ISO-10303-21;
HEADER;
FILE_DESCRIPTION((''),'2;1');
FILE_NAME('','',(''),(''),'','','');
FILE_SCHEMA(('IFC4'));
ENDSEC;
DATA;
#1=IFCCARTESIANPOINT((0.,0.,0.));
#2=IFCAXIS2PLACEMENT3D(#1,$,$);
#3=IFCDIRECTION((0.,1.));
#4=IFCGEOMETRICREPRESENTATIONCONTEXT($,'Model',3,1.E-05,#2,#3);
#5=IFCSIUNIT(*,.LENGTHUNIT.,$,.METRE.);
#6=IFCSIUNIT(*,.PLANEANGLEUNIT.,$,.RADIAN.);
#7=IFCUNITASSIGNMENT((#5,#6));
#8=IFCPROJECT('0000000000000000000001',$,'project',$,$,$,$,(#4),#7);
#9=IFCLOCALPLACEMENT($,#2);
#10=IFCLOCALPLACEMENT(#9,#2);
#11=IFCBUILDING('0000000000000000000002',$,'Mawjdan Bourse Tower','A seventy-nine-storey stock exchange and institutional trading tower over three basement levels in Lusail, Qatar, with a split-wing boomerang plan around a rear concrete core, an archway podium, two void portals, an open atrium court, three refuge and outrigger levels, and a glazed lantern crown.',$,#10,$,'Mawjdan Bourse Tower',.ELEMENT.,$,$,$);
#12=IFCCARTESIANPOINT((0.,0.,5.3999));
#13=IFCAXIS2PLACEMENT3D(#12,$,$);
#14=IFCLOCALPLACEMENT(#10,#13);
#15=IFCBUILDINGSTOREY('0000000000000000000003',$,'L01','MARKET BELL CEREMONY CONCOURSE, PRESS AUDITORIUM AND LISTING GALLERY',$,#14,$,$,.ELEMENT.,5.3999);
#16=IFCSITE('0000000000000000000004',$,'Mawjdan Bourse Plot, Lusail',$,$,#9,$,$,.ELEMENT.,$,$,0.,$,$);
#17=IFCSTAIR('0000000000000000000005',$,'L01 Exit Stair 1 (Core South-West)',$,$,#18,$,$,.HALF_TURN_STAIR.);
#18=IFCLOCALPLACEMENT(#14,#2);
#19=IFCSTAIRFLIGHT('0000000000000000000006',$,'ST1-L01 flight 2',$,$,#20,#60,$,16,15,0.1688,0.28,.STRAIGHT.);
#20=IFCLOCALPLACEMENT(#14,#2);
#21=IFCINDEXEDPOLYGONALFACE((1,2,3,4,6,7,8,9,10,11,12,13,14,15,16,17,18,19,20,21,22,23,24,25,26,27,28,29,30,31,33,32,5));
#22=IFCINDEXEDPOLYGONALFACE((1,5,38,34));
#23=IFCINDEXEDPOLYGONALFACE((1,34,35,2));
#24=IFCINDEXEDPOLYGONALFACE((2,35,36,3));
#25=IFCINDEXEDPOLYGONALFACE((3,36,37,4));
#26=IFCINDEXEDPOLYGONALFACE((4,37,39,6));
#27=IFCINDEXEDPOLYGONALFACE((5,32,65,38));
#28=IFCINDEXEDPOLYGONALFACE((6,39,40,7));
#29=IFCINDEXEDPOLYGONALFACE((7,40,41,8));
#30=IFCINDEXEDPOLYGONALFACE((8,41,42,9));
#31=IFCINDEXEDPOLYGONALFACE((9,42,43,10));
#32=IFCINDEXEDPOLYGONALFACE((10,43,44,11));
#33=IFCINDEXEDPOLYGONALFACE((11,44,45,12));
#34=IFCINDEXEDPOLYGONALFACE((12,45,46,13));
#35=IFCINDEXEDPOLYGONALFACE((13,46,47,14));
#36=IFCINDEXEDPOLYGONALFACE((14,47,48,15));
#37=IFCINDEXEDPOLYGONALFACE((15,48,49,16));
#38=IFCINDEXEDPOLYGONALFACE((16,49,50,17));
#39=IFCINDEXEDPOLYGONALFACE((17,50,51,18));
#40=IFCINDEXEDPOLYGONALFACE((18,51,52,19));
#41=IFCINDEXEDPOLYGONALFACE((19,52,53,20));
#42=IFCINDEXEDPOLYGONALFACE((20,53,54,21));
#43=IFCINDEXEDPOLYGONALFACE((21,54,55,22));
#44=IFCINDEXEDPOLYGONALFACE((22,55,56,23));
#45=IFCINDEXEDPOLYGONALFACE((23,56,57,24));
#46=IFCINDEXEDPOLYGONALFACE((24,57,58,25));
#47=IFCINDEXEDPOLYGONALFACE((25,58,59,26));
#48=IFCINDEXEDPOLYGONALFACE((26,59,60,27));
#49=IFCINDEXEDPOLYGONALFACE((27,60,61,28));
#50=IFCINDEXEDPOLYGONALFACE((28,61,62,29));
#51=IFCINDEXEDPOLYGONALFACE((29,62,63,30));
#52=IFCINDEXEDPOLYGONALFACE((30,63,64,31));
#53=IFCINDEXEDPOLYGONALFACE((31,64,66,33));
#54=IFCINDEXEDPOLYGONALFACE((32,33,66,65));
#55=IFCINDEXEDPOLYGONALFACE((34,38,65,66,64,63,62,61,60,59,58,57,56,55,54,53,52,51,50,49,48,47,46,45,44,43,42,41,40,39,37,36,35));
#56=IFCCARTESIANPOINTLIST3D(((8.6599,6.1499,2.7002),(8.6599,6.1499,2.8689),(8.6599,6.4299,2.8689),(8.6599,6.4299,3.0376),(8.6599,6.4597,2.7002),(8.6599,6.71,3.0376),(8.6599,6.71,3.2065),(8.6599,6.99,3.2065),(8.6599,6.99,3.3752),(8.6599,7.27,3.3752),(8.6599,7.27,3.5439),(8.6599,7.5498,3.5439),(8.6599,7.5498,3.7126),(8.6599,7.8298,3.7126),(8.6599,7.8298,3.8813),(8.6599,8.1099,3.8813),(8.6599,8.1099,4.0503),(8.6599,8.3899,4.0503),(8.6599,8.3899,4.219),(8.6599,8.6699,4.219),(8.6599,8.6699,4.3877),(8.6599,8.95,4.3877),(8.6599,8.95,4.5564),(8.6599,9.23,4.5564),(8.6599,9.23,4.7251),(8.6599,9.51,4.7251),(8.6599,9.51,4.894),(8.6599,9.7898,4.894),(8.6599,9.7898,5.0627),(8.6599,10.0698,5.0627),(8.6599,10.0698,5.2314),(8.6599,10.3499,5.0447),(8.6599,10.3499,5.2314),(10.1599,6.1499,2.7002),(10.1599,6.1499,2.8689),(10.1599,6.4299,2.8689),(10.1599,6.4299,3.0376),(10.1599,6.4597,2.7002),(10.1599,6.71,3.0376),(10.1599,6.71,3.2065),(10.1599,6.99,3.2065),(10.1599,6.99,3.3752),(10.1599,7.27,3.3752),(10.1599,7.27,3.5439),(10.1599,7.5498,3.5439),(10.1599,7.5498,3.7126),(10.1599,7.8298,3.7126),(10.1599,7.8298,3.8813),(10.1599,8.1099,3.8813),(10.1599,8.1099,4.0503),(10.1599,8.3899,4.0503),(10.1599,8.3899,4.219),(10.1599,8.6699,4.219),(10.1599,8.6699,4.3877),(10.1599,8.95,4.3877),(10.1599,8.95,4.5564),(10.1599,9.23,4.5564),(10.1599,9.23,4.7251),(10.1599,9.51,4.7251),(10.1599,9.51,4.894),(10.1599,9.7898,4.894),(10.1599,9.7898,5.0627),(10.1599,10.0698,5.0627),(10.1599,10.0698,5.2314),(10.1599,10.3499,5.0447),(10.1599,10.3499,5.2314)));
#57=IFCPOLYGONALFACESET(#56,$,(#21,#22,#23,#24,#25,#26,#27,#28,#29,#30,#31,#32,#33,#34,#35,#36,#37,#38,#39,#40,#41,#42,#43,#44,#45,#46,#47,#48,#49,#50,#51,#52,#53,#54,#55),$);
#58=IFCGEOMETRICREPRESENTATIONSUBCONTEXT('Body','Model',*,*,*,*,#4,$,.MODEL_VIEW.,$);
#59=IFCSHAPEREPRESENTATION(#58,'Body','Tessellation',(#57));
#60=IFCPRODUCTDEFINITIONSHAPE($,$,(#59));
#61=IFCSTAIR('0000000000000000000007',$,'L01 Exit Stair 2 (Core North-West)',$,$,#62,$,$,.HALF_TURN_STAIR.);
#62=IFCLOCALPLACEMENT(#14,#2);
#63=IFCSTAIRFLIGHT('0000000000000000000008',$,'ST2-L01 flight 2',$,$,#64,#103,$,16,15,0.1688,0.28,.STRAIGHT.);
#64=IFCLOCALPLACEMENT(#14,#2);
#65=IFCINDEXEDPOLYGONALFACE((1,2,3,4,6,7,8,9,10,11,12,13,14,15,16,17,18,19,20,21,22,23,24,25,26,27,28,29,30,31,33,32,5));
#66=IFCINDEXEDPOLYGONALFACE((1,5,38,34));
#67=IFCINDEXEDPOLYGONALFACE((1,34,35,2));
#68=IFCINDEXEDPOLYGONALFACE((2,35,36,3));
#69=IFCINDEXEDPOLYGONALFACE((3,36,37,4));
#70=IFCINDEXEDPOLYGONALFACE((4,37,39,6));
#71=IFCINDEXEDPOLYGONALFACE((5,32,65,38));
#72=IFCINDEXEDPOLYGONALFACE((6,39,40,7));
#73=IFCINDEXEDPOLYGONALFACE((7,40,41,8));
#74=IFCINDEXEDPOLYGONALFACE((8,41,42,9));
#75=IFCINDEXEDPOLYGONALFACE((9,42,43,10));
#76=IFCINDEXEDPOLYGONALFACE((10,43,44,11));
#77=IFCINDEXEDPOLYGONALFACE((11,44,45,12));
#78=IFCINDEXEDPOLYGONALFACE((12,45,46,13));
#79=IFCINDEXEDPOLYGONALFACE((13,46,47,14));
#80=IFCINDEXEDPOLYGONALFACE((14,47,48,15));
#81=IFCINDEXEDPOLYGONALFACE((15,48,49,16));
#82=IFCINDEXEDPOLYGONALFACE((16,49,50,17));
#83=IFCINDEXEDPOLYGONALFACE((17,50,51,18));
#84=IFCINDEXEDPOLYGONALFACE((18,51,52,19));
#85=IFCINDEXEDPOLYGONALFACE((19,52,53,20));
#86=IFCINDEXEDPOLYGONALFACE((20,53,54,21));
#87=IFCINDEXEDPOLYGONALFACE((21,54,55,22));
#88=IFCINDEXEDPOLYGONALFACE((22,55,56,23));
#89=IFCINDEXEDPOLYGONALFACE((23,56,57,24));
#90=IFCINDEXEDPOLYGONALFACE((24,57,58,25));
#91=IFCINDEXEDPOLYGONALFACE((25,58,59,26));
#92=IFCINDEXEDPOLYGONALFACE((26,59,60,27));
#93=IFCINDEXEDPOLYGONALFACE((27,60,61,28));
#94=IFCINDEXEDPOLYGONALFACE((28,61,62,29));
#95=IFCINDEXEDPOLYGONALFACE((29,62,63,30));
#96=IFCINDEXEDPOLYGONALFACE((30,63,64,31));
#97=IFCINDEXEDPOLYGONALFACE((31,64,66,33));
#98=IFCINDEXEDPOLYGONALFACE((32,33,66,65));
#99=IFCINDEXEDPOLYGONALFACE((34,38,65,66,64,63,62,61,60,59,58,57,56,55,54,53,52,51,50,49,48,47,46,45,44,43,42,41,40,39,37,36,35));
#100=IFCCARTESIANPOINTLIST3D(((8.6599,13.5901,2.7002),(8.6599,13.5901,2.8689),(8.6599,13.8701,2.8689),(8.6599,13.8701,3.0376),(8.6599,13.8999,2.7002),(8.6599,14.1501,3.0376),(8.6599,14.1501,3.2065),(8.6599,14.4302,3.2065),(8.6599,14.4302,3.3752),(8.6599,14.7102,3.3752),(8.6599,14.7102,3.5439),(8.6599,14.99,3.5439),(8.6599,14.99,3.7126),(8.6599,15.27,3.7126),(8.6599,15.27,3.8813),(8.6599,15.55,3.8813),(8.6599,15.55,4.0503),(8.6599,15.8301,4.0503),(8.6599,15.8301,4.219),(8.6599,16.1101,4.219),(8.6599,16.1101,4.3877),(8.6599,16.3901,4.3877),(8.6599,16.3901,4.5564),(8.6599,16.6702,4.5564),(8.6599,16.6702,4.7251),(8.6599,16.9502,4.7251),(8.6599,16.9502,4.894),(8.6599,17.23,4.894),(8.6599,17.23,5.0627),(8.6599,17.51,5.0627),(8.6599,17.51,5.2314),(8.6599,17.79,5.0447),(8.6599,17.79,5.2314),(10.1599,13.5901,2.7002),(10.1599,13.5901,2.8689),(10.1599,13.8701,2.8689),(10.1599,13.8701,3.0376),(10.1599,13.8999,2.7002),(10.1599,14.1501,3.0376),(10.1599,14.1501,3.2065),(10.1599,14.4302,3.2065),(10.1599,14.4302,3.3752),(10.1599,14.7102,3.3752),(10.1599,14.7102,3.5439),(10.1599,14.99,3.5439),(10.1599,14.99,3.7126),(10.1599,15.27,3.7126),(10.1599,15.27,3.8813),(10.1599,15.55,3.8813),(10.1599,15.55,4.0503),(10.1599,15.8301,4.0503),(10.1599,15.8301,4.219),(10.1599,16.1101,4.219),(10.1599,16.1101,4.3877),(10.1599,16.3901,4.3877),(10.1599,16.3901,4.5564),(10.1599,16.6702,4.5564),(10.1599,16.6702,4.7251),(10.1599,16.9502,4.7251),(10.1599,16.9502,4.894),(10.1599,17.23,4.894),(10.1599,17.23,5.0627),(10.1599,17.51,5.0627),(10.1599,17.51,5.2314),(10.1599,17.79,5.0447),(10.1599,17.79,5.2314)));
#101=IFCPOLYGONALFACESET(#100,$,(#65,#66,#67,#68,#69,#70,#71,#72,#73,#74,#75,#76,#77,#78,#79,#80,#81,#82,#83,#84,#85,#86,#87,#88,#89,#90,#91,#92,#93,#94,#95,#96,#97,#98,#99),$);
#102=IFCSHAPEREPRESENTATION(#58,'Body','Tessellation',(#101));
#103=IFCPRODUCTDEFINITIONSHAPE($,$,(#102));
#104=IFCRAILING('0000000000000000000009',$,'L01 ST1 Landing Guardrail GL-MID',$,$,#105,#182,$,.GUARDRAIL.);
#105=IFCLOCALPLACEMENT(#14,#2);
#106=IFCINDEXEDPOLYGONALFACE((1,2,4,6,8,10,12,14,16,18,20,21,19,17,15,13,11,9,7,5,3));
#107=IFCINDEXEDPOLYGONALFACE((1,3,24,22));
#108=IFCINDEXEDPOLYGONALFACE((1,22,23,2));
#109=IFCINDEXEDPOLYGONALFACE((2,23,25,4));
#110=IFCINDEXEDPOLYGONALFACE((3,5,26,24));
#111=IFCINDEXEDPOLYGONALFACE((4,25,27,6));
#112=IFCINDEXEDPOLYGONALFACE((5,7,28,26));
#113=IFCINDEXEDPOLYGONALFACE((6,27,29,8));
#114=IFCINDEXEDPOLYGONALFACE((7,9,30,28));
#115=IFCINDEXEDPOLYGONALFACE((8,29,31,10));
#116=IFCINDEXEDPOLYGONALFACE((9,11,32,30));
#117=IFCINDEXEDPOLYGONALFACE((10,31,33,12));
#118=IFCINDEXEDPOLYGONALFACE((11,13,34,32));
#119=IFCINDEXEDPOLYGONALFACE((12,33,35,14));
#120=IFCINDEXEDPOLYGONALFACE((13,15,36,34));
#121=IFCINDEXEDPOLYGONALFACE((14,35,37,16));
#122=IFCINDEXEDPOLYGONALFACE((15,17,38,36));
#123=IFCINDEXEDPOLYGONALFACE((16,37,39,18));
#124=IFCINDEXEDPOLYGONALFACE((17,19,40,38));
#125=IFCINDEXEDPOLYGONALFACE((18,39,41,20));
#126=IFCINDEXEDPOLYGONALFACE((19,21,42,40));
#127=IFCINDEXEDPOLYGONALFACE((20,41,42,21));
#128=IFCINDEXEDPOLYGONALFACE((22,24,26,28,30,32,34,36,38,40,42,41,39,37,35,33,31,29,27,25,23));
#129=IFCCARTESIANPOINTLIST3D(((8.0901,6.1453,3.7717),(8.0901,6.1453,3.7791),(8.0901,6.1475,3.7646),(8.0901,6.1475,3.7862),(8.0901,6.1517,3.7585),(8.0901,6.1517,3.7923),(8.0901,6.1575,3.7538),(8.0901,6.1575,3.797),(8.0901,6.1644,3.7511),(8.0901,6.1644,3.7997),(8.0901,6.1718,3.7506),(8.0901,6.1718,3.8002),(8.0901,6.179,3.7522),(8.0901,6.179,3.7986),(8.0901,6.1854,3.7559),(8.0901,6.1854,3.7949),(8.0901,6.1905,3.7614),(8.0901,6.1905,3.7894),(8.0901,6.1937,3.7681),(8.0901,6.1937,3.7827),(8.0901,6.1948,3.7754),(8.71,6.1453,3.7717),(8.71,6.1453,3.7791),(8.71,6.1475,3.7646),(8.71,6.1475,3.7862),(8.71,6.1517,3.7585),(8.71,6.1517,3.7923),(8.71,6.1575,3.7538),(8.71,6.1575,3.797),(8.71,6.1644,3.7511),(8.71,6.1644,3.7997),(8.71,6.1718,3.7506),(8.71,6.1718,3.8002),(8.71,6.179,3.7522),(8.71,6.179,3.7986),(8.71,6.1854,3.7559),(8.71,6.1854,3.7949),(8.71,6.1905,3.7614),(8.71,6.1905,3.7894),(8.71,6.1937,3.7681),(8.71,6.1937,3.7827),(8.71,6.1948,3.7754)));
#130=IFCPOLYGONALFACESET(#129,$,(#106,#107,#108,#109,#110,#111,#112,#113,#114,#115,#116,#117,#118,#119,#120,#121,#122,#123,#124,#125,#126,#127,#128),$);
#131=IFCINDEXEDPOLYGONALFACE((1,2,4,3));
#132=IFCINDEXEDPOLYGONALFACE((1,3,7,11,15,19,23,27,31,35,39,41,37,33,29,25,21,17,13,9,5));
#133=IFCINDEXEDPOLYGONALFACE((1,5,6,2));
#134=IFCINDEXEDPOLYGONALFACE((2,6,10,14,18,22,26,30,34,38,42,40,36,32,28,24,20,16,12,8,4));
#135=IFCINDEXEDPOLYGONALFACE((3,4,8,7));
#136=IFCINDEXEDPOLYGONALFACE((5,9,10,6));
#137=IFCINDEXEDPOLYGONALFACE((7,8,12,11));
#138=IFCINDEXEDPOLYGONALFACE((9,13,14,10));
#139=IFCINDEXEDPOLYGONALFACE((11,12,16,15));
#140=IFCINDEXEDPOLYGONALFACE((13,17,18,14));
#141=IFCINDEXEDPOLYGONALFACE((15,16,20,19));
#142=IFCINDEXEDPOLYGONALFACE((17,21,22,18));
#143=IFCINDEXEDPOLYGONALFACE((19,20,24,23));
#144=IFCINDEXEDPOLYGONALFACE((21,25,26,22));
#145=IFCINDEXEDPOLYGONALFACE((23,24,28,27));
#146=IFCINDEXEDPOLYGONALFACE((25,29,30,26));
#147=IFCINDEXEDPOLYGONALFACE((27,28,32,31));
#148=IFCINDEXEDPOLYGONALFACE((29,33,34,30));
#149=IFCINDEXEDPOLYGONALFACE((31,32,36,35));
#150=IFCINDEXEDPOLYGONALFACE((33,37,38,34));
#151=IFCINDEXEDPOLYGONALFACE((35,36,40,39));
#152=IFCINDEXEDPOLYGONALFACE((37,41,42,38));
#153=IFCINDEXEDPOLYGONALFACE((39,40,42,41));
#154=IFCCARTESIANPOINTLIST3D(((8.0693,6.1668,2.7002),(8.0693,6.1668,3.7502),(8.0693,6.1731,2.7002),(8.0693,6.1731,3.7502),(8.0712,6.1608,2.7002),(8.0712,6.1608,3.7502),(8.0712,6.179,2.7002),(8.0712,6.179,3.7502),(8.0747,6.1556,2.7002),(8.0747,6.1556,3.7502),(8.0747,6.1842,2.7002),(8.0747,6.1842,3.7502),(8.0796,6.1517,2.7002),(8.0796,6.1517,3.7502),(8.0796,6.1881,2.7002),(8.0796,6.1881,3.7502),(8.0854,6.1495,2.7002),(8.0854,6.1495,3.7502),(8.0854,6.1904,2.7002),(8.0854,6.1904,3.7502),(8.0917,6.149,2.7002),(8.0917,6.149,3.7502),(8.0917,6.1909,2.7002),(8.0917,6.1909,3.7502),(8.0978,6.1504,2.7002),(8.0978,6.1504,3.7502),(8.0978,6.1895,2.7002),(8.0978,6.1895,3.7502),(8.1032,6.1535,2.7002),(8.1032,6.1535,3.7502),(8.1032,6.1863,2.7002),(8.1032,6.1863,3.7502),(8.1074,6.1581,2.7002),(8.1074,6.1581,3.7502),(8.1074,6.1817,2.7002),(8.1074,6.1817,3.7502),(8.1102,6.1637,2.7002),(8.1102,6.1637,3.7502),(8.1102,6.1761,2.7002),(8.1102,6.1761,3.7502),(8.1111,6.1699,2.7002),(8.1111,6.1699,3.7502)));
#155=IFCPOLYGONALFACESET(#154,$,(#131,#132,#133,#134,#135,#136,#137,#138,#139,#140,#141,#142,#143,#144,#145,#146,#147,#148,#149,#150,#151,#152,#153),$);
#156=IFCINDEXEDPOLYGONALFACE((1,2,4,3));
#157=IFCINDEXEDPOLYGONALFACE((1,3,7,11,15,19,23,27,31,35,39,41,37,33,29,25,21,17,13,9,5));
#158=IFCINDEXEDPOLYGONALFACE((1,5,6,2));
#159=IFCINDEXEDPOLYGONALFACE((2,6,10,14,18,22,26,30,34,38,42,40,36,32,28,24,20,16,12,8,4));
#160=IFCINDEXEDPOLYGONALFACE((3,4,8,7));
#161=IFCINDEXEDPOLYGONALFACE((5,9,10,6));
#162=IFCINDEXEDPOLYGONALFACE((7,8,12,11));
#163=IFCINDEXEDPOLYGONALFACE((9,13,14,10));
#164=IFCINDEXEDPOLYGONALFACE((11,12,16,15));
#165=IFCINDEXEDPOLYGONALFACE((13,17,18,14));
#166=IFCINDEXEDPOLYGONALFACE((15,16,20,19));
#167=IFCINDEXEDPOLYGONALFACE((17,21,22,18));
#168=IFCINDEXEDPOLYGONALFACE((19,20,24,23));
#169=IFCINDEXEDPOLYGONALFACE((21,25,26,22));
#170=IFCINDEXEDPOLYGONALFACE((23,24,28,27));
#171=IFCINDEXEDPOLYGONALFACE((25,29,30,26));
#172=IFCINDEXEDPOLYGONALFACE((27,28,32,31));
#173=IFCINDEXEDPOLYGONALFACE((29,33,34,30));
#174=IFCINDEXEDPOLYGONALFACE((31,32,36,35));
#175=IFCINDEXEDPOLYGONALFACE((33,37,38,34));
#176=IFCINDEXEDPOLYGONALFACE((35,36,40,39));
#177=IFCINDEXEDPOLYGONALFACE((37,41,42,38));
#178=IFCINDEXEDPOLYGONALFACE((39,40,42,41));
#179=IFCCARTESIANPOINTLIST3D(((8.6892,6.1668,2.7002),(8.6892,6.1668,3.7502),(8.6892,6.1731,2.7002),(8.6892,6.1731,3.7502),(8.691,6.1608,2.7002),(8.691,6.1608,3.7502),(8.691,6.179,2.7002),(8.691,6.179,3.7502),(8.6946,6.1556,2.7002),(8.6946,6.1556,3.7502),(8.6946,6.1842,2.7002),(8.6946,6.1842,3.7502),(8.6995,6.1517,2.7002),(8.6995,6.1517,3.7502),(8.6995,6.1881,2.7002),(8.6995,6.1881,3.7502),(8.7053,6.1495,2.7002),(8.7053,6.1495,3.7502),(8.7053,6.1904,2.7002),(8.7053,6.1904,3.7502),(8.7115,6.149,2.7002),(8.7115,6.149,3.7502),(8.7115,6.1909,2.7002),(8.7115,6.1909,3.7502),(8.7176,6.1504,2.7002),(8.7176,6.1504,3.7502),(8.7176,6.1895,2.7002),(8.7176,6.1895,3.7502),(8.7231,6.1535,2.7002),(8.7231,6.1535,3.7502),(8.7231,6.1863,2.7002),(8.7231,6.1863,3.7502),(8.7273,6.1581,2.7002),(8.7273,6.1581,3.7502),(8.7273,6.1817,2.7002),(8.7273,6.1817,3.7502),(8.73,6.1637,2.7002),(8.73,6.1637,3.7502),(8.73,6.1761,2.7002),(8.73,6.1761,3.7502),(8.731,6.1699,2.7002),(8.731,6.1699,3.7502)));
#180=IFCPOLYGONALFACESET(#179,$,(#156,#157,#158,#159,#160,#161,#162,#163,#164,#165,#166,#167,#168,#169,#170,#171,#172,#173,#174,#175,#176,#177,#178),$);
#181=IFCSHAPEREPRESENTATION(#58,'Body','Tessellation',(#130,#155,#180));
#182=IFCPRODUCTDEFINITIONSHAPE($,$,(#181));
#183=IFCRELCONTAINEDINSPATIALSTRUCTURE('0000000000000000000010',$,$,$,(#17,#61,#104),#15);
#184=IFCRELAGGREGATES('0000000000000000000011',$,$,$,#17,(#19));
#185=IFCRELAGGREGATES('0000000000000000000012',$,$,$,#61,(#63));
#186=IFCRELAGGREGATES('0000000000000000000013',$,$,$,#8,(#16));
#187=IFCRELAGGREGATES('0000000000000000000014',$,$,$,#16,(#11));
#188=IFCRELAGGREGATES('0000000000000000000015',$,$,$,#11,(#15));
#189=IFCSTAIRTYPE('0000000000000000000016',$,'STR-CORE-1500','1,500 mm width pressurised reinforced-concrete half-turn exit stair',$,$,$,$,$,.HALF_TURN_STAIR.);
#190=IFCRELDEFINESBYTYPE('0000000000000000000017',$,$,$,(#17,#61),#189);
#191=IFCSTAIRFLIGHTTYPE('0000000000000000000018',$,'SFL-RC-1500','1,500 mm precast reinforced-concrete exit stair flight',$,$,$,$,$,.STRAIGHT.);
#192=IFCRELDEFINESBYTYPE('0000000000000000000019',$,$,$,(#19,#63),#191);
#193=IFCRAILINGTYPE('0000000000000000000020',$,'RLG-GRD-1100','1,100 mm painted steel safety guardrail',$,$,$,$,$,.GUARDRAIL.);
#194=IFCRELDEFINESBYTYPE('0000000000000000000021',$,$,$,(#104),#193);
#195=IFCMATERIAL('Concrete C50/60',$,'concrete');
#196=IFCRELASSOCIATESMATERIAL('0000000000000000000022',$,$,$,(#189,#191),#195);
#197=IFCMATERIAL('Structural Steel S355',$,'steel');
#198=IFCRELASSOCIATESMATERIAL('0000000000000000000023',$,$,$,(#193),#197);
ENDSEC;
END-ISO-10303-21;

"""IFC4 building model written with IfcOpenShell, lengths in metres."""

from ifc_helpers import new_model, si_unit, direction, frame, origin, origin_2d, place, context, subcontext, project, spatial, polyline, circle, outline, extrude, material, type_object, element, aggregate, save


model = new_model("IFC4")

# Units and contexts
model_context = context("Model", 3, precision=1e-05, world=origin(), true_north=direction((0.0, 1.0)))
body_context = subcontext(model_context, "Body", "Model", "MODEL_VIEW")
ifc_project = project(units=[si_unit("LENGTHUNIT", "METRE"), si_unit("PLANEANGLEUNIT", "RADIAN")], contexts=[model_context])

# Site, building, storey
site_placement = place(None, origin())
site = spatial("IfcSite", under=ifc_project, at=site_placement, Name="Mawjdan Bourse Plot, Lusail", CompositionType="ELEMENT", RefElevation=0.0)
building_placement = place(site_placement, origin())
building = spatial("IfcBuilding", under=site, at=building_placement, Name="Mawjdan Bourse Tower", Description="A seventy-nine-storey stock exchange and institutional trading tower over three basement levels in Lusail, Qatar, with a split-wing boomerang plan around a rear concrete core, an archway podium, two void portals, an open atrium court, three refuge and outrigger levels, and a glazed lantern crown.", LongName="Mawjdan Bourse Tower", CompositionType="ELEMENT")
storey_placement = place(building_placement, frame((0.0, 0.0, 5.3999)))
storey = spatial("IfcBuildingStorey", under=building, at=storey_placement, Name="L01", Description="MARKET BELL CEREMONY CONCOURSE, PRESS AUDITORIUM AND LISTING GALLERY", CompositionType="ELEMENT", Elevation=5.3999)

# Shared definitions
ifc_material_1 = material(Name="Structural Steel S355", Category="steel")

# Shared definitions
ifc_material_2 = material(Name="Concrete C50/60", Category="concrete")

# Stair, stair flight
stair_type = type_object("IfcStairType", Name="STR-CORE-1500", Description="1,500 mm width pressurised reinforced-concrete half-turn exit stair", PredefinedType="HALF_TURN_STAIR", material=ifc_material_2)
stair_1_placement = place(storey_placement, origin())
stair_1 = element("IfcStair", 1, at=stair_1_placement, inside=storey, type_object=stair_type, Name="L01 Exit Stair 1 (Core South-West)", PredefinedType="HALF_TURN_STAIR")
stair_flight_type = type_object("IfcStairFlightType", Name="SFL-RC-1500", Description="1,500 mm precast reinforced-concrete exit stair flight", PredefinedType="STRAIGHT", material=ifc_material_2)
stair_flight_1_placement = place(storey_placement, frame((9.4099, 6.1499, 2.7002), z_axis=(0.0, 0.0, 1.0), x_axis=(0.0, 1.0, 0.0)))
stair_flight_1 = element("IfcStairFlight", 2, at=stair_flight_1_placement, type_object=stair_flight_type, Name="ST1-L01 flight 2", NumberOfRisers=16, NumberOfTreads=15, PredefinedType="STRAIGHT", RiserHeight=0.1688, TreadLength=0.28, context=body_context, shape_type="SweptSolid", body=[
    extrude(outline(polyline([(0.0, 0.0), (0.0, 0.1687), (0.28, 0.1687), (0.28, 0.3374), (0.5601, 0.3374), (0.5601, 0.5063), (0.8401, 0.5063), (0.8401, 0.675), (1.1201, 0.675), (1.1201, 0.8438), (1.3999, 0.8438), (1.3999, 1.0125), (1.6799, 1.0125), (1.6799, 1.1812), (1.96, 1.1812), (1.96, 1.3501), (2.24, 1.3501), (2.24, 1.5188), (2.52, 1.5188), (2.52, 1.6875), (2.8, 1.6875), (2.8, 1.8562), (3.0801, 1.8562), (3.0801, 2.0249), (3.3601, 2.0249), (3.3601, 2.1938), (3.6399, 2.1938), (3.6399, 2.3625), (3.9199, 2.3625), (3.9199, 2.5312), (4.2, 2.5312), (4.2, 2.7), (4.2, 2.3445), (0.3098, 0.0), (0.0, 0.0)])), frame((0.0, 0.75, 0.0), z_axis=(0.0, -1.0, 0.0), x_axis=(1.0, 0.0, 0.0)), (0.0, 0.0, 1.0), 1.5),
])
aggregate(stair_1, [stair_flight_1])

# Stair, stair flight
stair_2_placement = place(storey_placement, origin())
stair_2 = element("IfcStair", 3, at=stair_2_placement, inside=storey, type_object=stair_type, Name="L01 Exit Stair 2 (Core North-West)", PredefinedType="HALF_TURN_STAIR")
stair_flight_2_placement = place(storey_placement, frame((9.4099, 13.5901, 2.7002), z_axis=(0.0, 0.0, 1.0), x_axis=(0.0, 1.0, 0.0)))
stair_flight_2 = element("IfcStairFlight", 4, at=stair_flight_2_placement, type_object=stair_flight_type, Name="ST2-L01 flight 2", NumberOfRisers=16, NumberOfTreads=15, PredefinedType="STRAIGHT", RiserHeight=0.1688, TreadLength=0.28, context=body_context, shape_type="SweptSolid", body=[
    extrude(outline(polyline([(0.0, 0.0), (0.0, 0.1687), (0.28, 0.1687), (0.28, 0.3374), (0.5601, 0.3374), (0.5601, 0.5063), (0.8401, 0.5063), (0.8401, 0.675), (1.1201, 0.675), (1.1201, 0.8438), (1.3999, 0.8438), (1.3999, 1.0125), (1.6799, 1.0125), (1.6799, 1.1812), (1.96, 1.1812), (1.96, 1.3501), (2.24, 1.3501), (2.24, 1.5188), (2.52, 1.5188), (2.52, 1.6875), (2.8, 1.6875), (2.8, 1.8562), (3.0801, 1.8562), (3.0801, 2.0249), (3.3601, 2.0249), (3.3601, 2.1938), (3.6399, 2.1938), (3.6399, 2.3625), (3.9199, 2.3625), (3.9199, 2.5312), (4.2, 2.5312), (4.2, 2.7), (4.2, 2.3445), (0.3098, 0.0), (0.0, 0.0)])), frame((0.0, 0.75, 0.0), z_axis=(0.0, -1.0, 0.0), x_axis=(1.0, 0.0, 0.0)), (0.0, 0.0, 1.0), 1.5),
])
aggregate(stair_2, [stair_flight_2])

# Railing
railing_type_1 = type_object("IfcRailingType", Name="RLG-GRD-1100", Description="1,100 mm painted steel safety guardrail", PredefinedType="GUARDRAIL", material=ifc_material_1)
for number, where, name in (
    (5, (8.0901, 6.1699, 2.7002), "L01 ST1 Landing Guardrail GL-MID"),
):
    element("IfcRailing", number, at=place(storey_placement, frame(where)), inside=storey, type_object=railing_type_1, Name=name, PredefinedType="GUARDRAIL", context=body_context, shape_type="SweptSolid", body=[
        extrude(circle(Radius=0.0249, at=origin_2d()), frame((0.0, 0.0, 1.0752), z_axis=(1.0, 0.0, 0.0), x_axis=(0.0, 1.0, 0.0)), (0.0, 0.0, 1.0), 0.6199),
        extrude(circle(Radius=0.021, at=origin_2d()), origin(), (0.0, 0.0, 1.0), 1.05),
        extrude(circle(Radius=0.021, at=origin_2d()), frame((0.6199, 0.0, 0.0)), (0.0, 0.0, 1.0), 1.05),
    ])

save(model, "model.ifc")
